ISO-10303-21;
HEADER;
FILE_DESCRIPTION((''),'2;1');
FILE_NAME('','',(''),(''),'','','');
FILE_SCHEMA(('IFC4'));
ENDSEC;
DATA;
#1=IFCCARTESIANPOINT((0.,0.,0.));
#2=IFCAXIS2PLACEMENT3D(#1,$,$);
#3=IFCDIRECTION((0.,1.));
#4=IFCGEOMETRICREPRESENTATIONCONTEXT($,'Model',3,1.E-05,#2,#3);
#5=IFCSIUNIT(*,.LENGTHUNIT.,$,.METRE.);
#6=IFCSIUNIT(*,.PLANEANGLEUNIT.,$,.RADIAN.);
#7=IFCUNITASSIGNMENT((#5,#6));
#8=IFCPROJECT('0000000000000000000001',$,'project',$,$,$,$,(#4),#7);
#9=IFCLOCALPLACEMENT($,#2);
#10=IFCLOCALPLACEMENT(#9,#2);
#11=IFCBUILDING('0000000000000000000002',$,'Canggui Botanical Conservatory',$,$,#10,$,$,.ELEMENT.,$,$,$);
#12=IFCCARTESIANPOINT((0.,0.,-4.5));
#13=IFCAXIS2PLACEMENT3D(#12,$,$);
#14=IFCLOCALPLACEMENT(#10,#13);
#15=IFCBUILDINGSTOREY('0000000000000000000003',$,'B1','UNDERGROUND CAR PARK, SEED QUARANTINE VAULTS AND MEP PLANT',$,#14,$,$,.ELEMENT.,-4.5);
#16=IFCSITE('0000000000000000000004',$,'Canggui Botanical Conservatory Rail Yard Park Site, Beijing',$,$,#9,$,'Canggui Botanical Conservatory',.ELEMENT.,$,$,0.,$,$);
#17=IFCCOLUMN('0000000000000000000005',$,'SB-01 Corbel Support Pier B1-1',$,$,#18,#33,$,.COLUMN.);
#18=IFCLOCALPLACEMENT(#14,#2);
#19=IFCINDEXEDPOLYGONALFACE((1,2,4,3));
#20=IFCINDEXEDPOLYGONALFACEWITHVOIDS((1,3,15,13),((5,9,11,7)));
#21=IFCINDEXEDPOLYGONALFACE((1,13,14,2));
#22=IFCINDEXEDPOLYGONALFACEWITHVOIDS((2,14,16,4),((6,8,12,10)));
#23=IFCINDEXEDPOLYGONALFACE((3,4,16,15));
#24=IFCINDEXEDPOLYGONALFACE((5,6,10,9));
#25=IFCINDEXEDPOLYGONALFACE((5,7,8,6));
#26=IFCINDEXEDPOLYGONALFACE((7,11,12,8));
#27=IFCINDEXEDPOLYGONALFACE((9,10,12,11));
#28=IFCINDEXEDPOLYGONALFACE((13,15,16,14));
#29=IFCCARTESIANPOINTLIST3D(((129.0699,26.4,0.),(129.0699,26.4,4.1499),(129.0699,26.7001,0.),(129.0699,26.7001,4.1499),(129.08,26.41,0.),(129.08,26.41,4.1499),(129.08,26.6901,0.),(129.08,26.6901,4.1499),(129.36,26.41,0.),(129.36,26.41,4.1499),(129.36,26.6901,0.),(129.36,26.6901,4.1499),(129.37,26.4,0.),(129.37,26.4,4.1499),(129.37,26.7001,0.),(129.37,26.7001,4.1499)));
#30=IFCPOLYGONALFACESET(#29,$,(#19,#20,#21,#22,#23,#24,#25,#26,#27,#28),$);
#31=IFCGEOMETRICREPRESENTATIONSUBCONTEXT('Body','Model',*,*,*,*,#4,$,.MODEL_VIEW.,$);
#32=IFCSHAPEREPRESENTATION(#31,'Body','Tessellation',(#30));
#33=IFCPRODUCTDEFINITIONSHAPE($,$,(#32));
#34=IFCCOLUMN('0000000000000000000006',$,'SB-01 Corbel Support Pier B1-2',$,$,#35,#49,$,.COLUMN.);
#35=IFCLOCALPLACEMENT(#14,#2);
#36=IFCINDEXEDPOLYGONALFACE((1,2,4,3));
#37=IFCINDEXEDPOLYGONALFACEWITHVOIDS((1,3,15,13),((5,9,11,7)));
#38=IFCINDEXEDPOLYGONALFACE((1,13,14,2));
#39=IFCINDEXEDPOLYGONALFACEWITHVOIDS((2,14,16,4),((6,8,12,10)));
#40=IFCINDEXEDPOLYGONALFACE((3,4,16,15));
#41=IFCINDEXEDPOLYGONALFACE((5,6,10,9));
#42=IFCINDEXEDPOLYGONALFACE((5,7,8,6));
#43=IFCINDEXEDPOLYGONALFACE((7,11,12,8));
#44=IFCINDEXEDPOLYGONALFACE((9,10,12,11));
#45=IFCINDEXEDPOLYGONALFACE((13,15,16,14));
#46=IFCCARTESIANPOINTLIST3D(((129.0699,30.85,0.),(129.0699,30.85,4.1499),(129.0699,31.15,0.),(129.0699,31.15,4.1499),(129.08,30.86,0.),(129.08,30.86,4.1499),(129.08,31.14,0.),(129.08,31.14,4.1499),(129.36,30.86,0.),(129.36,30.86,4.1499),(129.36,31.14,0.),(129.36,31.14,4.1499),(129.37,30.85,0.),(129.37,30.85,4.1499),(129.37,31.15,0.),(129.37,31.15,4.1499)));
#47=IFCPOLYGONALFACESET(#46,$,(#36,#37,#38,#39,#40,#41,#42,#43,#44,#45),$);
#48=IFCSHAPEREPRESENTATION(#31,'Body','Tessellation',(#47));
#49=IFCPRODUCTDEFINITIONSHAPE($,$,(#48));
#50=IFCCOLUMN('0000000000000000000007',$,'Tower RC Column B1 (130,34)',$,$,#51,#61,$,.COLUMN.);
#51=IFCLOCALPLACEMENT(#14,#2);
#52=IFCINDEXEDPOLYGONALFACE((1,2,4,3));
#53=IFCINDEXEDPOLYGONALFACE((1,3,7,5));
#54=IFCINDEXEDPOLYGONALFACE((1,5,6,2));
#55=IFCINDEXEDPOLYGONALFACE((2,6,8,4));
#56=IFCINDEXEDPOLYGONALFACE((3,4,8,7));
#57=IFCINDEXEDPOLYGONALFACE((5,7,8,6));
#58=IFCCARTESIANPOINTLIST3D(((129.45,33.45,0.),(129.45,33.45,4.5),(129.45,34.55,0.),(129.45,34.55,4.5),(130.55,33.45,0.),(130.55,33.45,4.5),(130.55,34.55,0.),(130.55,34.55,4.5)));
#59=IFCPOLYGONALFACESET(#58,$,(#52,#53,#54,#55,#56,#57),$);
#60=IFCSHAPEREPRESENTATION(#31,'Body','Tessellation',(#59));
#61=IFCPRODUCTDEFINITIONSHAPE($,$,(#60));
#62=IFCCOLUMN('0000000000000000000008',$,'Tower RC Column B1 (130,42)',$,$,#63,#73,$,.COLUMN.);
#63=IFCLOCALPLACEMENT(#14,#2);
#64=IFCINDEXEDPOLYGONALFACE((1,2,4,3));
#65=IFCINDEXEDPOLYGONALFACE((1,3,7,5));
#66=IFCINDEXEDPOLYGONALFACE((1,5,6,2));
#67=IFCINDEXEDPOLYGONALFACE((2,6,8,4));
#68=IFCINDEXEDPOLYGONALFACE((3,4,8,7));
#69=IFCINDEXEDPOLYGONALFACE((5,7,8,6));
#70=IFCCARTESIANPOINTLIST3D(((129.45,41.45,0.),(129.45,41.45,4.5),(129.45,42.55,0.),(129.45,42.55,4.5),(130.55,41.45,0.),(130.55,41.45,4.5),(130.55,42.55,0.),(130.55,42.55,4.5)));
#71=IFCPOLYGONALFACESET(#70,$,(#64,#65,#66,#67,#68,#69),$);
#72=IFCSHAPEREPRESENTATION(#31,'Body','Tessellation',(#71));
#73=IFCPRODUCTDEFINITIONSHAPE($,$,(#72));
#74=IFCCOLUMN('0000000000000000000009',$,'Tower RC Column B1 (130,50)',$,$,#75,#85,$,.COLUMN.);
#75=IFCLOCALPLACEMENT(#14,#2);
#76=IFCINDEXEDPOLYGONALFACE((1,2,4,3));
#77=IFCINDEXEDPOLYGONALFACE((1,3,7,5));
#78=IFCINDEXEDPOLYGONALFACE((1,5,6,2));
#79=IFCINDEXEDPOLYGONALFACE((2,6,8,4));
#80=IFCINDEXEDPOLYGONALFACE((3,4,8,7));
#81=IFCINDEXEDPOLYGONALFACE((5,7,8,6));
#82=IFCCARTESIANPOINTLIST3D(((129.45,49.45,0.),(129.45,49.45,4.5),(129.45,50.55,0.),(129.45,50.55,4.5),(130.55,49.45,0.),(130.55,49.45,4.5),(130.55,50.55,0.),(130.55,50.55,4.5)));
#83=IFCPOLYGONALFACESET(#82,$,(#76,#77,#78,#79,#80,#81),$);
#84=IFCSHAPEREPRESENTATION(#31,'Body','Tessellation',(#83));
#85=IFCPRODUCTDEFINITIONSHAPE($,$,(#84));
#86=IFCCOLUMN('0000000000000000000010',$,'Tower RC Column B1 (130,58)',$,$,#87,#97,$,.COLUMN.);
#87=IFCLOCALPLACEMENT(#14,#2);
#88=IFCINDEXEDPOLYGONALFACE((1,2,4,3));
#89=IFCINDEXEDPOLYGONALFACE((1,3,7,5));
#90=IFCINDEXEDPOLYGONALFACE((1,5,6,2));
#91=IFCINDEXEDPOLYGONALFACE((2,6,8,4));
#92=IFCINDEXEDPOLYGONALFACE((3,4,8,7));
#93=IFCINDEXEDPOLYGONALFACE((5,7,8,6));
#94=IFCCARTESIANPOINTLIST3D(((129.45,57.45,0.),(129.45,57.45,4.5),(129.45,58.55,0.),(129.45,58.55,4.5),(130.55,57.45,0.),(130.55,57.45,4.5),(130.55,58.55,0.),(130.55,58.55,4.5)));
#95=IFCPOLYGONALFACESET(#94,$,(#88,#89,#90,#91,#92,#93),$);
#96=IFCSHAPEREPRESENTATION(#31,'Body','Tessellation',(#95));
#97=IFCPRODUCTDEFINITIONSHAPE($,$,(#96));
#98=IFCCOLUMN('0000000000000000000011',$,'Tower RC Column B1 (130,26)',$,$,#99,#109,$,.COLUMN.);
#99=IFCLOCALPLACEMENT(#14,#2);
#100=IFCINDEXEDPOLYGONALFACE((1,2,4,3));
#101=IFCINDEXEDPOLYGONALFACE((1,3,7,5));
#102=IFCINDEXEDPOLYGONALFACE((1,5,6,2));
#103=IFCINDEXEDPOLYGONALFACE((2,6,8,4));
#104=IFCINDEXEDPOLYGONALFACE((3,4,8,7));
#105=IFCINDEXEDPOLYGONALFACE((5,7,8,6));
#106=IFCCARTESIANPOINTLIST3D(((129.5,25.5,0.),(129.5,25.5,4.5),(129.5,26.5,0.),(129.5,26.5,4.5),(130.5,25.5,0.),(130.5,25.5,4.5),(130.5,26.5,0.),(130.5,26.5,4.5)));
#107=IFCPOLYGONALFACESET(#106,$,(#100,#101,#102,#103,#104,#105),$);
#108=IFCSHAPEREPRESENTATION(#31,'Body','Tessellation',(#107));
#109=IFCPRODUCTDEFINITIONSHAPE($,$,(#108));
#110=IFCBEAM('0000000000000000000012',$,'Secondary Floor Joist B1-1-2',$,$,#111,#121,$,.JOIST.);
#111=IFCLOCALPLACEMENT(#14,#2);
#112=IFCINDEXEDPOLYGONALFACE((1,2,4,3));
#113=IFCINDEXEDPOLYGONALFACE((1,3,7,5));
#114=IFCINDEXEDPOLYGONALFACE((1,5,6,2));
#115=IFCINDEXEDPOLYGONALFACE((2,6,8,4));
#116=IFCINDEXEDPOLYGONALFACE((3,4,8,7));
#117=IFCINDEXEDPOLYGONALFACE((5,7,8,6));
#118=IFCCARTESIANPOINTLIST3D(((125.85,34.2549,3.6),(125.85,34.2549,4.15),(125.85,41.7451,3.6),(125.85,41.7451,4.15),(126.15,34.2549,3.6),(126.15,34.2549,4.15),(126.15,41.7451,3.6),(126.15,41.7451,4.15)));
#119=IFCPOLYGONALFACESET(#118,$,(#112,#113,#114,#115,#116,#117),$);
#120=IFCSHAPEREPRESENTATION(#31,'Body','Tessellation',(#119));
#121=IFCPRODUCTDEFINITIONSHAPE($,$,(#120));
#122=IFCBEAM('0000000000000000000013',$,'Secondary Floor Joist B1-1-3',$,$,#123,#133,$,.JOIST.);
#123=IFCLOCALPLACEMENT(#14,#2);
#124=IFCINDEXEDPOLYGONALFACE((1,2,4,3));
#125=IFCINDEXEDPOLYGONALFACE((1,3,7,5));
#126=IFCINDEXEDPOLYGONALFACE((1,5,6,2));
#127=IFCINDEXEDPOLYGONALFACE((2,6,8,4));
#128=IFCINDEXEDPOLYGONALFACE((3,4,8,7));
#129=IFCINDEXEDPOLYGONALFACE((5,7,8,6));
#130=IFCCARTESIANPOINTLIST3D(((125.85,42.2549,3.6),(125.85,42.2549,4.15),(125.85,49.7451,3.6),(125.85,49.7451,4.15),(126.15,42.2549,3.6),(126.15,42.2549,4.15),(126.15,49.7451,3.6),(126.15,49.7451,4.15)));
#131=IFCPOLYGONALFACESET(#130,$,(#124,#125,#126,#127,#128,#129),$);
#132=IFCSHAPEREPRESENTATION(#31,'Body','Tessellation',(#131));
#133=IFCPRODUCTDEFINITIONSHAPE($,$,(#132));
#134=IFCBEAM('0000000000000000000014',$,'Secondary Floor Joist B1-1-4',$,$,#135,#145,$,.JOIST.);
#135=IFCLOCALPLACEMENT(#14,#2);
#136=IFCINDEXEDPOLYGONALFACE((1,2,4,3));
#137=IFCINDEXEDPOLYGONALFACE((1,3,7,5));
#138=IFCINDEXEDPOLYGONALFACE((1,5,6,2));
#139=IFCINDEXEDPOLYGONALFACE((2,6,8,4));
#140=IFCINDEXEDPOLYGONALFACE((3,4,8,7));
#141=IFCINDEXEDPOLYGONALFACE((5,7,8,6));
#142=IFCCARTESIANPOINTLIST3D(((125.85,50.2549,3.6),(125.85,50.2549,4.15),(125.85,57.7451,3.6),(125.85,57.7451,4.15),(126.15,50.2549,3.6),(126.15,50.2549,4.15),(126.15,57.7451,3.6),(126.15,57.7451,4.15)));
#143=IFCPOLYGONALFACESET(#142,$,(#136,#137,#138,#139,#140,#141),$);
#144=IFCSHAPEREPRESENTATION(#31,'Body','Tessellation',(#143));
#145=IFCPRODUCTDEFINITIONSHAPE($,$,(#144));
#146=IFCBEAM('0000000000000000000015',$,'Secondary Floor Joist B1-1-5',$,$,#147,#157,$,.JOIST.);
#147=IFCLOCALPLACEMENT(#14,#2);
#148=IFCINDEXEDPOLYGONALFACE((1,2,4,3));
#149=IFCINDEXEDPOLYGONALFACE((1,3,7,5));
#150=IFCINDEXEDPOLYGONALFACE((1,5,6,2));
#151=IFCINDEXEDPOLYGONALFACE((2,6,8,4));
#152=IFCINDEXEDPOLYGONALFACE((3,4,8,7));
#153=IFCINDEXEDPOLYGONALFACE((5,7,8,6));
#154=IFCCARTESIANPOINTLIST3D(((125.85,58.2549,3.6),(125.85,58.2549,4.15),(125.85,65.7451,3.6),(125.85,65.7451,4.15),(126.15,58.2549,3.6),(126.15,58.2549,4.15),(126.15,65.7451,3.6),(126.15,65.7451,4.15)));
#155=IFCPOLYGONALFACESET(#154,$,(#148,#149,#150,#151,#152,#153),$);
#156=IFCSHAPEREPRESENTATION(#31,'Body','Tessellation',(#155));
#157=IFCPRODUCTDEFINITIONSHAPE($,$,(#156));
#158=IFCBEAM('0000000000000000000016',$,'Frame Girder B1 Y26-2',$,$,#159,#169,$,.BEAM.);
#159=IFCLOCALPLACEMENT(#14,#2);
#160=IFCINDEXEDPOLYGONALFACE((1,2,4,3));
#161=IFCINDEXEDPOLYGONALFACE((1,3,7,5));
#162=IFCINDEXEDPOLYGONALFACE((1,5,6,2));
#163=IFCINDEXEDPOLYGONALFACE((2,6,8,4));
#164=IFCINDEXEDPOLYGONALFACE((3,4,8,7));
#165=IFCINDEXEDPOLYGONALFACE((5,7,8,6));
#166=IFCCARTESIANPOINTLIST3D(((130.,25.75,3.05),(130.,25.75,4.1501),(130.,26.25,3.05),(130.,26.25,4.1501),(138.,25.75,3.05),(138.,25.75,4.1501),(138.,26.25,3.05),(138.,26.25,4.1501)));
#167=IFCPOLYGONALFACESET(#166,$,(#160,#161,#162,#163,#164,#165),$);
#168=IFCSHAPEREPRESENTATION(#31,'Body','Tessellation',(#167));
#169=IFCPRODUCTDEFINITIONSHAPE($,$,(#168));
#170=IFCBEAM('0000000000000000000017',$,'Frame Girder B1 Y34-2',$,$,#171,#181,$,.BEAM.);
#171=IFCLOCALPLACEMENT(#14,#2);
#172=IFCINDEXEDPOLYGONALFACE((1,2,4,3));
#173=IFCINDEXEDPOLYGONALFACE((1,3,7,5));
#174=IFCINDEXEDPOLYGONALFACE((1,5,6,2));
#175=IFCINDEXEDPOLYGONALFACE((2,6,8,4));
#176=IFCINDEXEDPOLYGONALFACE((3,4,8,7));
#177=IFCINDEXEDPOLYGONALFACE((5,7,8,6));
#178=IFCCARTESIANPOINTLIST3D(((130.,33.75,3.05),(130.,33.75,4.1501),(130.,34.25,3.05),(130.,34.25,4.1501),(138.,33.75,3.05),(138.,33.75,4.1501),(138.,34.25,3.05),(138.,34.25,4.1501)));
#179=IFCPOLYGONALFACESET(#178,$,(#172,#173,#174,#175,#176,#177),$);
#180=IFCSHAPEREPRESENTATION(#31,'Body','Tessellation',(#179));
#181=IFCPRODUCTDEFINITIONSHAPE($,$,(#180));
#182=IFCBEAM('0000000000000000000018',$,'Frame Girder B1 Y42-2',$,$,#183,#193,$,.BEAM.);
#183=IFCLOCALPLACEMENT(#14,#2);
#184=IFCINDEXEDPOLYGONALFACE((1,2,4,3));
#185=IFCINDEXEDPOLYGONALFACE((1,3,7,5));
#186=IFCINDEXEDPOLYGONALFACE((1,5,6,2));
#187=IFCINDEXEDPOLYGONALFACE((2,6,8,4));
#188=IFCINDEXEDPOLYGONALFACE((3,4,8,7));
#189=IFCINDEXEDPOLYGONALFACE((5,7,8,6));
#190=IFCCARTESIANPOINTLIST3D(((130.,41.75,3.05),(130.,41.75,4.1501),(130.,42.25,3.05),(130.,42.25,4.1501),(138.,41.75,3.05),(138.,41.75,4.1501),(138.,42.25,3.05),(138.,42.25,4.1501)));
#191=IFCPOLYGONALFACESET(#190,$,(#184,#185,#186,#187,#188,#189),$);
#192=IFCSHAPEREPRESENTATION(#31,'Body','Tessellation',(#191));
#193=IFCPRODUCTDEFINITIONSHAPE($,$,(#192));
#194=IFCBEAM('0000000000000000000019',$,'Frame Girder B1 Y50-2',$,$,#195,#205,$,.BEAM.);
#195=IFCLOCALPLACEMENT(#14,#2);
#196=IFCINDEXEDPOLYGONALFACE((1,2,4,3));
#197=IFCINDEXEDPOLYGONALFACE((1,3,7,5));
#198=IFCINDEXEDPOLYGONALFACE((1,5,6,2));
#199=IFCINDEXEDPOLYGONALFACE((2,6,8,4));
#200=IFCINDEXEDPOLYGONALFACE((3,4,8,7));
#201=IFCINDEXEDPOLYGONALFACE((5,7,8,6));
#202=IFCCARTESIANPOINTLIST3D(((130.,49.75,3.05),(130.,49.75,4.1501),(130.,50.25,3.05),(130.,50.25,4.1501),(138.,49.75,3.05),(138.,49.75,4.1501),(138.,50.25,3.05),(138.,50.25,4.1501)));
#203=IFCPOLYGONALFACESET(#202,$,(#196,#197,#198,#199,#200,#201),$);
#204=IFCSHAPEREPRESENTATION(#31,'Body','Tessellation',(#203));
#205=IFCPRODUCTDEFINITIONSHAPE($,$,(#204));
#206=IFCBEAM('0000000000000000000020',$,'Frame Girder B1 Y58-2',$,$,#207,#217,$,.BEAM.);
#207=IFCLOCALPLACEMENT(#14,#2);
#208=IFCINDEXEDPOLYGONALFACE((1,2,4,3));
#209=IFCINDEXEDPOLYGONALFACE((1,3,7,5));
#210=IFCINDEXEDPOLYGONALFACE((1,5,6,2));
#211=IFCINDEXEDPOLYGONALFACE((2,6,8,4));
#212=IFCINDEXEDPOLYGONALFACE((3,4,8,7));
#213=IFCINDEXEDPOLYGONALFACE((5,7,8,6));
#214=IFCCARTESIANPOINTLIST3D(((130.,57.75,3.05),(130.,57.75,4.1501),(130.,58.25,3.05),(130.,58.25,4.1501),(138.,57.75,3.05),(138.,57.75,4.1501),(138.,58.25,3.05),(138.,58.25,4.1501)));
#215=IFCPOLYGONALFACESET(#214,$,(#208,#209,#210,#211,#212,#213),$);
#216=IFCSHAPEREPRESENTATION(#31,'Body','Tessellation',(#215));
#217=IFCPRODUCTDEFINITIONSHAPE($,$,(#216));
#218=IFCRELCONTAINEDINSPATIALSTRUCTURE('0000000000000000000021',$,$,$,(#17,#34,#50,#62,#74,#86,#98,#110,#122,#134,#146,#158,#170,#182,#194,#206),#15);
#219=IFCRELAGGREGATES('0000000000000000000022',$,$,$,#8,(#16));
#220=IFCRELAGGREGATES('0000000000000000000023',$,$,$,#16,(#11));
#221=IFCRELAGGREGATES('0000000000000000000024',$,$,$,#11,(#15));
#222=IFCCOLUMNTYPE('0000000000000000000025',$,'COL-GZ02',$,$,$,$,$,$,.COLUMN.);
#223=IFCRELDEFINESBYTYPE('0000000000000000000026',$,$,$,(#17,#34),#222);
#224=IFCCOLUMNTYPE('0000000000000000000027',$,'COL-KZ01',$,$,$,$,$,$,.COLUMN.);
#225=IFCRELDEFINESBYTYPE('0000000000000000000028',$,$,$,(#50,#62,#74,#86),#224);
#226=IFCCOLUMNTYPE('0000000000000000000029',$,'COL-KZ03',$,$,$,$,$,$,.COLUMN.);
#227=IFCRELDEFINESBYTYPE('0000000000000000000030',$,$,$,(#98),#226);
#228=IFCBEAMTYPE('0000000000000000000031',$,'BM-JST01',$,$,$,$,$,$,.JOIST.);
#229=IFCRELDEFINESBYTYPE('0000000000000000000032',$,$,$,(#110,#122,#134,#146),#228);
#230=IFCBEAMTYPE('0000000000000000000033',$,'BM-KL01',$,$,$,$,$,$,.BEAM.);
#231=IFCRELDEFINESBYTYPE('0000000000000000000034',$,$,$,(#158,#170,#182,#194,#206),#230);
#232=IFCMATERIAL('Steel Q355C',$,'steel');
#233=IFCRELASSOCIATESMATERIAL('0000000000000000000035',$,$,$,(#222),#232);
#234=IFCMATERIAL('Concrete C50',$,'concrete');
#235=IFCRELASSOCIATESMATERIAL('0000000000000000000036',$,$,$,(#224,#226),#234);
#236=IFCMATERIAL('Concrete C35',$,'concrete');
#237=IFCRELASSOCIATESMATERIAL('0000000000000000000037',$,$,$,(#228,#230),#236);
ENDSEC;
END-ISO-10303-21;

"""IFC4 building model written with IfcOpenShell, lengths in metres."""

from ifc_helpers import new_model, si_unit, direction, frame, origin, origin_2d, place, context, subcontext, project, spatial, rectangle, hollow_rectangle, extrude, material, material_profile, profile_set, type_object, element, save


model = new_model("IFC4")

# Units and contexts
model_context = context("Model", 3, precision=1e-05, world=origin(), true_north=direction((0.0, 1.0)))
body_context = subcontext(model_context, "Body", "Model", "MODEL_VIEW")
ifc_project = project(units=[si_unit("LENGTHUNIT", "METRE"), si_unit("PLANEANGLEUNIT", "RADIAN")], contexts=[model_context])

# Site, building, storey
site_placement = place(None, origin())
site = spatial("IfcSite", under=ifc_project, at=site_placement, Name="Canggui Botanical Conservatory Rail Yard Park Site, Beijing", LongName="Canggui Botanical Conservatory", CompositionType="ELEMENT", RefElevation=0.0)
building_placement = place(site_placement, origin())
building = spatial("IfcBuilding", under=site, at=building_placement, Name="Canggui Botanical Conservatory", CompositionType="ELEMENT")
storey_placement = place(building_placement, frame((0.0, 0.0, -4.5)))
storey = spatial("IfcBuildingStorey", under=building, at=storey_placement, Name="B1", Description="UNDERGROUND CAR PARK, SEED QUARANTINE VAULTS AND MEP PLANT", CompositionType="ELEMENT", Elevation=-4.5)

# Columns
ifc_material_1 = material(Name="Steel Q355C", Category="steel")
ifc_material_profile_1 = material_profile(ifc_material_1, hollow_rectangle(XDim=0.3, YDim=0.3, WallThickness=0.01, at=origin_2d()), Name="SHS 300x300x10")
ifc_profile_set_1 = profile_set([ifc_material_profile_1], Name="Steel Q355C")
column_type_1 = type_object("IfcColumnType", Name="COL-GZ02", PredefinedType="COLUMN", material=ifc_profile_set_1)
for number, where, z_axis, x_axis, name in (
    (1, (129.22, 26.55, 0.0), (0.0, 0.0, 1.0), (1.0, 0.0, 0.0), "SB-01 Corbel Support Pier B1-1"),
    (2, (129.22, 31.0, 0.0), (0.0, 0.0, 1.0), (1.0, 0.0, 0.0), "SB-01 Corbel Support Pier B1-2"),
):
    element("IfcColumn", number, at=place(storey_placement, frame(where, z_axis=z_axis, x_axis=x_axis)), inside=storey, type_object=column_type_1, Name=name, PredefinedType="COLUMN", context=body_context, shape_type="SweptSolid", body=[
        extrude(hollow_rectangle(XDim=0.3, YDim=0.3, WallThickness=0.01, at=origin_2d()), origin(), (0.0, 0.0, 1.0), 4.1499),
    ])
ifc_material_2 = material(Name="Concrete C50", Category="concrete")
ifc_material_profile_2 = material_profile(ifc_material_2, rectangle(XDim=1.1001, YDim=1.1001, at=origin_2d()), Name="RC 1100x1100")
ifc_profile_set_2 = profile_set([ifc_material_profile_2], Name="Concrete C50")
column_type_2 = type_object("IfcColumnType", Name="COL-KZ01", PredefinedType="COLUMN", material=ifc_profile_set_2)
for number, where, z_axis, x_axis, name in (
    (3, (130.0, 34.0, 0.0), (0.0, 0.0, 1.0), (1.0, 0.0, 0.0), "Tower RC Column B1 (130,34)"),
    (4, (130.0, 42.0, 0.0), (0.0, 0.0, 1.0), (1.0, 0.0, 0.0), "Tower RC Column B1 (130,42)"),
    (5, (130.0, 50.0, 0.0), (0.0, 0.0, 1.0), (1.0, 0.0, 0.0), "Tower RC Column B1 (130,50)"),
    (6, (130.0, 58.0, 0.0), (0.0, 0.0, 1.0), (1.0, 0.0, 0.0), "Tower RC Column B1 (130,58)"),
):
    element("IfcColumn", number, at=place(storey_placement, frame(where, z_axis=z_axis, x_axis=x_axis)), inside=storey, type_object=column_type_2, Name=name, PredefinedType="COLUMN", context=body_context, shape_type="SweptSolid", body=[
        extrude(rectangle(XDim=1.1001, YDim=1.1001, at=origin_2d()), origin(), (0.0, 0.0, 1.0), 4.5),
    ])
ifc_material_profile_3 = material_profile(ifc_material_2, rectangle(XDim=1.0, YDim=1.0, at=origin_2d()), Name="RC 1000x1000")
ifc_profile_set_3 = profile_set([ifc_material_profile_3], Name="Concrete C50")
column_type_3 = type_object("IfcColumnType", Name="COL-KZ03", PredefinedType="COLUMN", material=ifc_profile_set_3)
column_placement = place(storey_placement, frame((130.0, 26.0, 0.0), z_axis=(0.0, 0.0, 1.0), x_axis=(1.0, 0.0, 0.0)))
element("IfcColumn", 7, at=column_placement, inside=storey, type_object=column_type_3, Name="Tower RC Column B1 (130,26)", PredefinedType="COLUMN", context=body_context, shape_type="SweptSolid", body=[
    extrude(rectangle(XDim=1.0, YDim=1.0, at=origin_2d()), origin(), (0.0, 0.0, 1.0), 4.5),
])

# Beams
ifc_material_3 = material(Name="Concrete C35", Category="concrete")
ifc_material_profile_4 = material_profile(ifc_material_3, rectangle(XDim=0.3, YDim=0.55, at=origin_2d()), Name="RB 300x550")
ifc_profile_set_4 = profile_set([ifc_material_profile_4], Name="Concrete C35")
beam_type_1 = type_object("IfcBeamType", Name="BM-JST01", PredefinedType="JOIST", material=ifc_profile_set_4)
for number, where, z_axis, x_axis, name in (
    (8, (126.0, 34.2549, 3.875), (0.0, 1.0, 0.0), (-1.0, 0.0, 0.0), "Secondary Floor Joist B1-1-2"),
    (9, (126.0, 42.2549, 3.875), (0.0, 1.0, 0.0), (-1.0, 0.0, 0.0), "Secondary Floor Joist B1-1-3"),
    (10, (126.0, 50.2549, 3.875), (0.0, 1.0, 0.0), (-1.0, 0.0, 0.0), "Secondary Floor Joist B1-1-4"),
    (11, (126.0, 58.2549, 3.875), (0.0, 1.0, 0.0), (-1.0, 0.0, 0.0), "Secondary Floor Joist B1-1-5"),
):
    element("IfcBeam", number, at=place(storey_placement, frame(where, z_axis=z_axis, x_axis=x_axis)), inside=storey, type_object=beam_type_1, Name=name, PredefinedType="JOIST", context=body_context, shape_type="SweptSolid", body=[
        extrude(rectangle(XDim=0.3, YDim=0.55, at=origin_2d()), origin(), (0.0, 0.0, 1.0), 7.4902),
    ])
ifc_material_profile_5 = material_profile(ifc_material_3, rectangle(XDim=0.5, YDim=1.1001, at=origin_2d()), Name="RB 500x1100")
ifc_profile_set_5 = profile_set([ifc_material_profile_5], Name="Concrete C35")
beam_type_2 = type_object("IfcBeamType", Name="BM-KL01", PredefinedType="BEAM", material=ifc_profile_set_5)
for number, where, z_axis, x_axis, name in (
    (12, (130.0, 26.0, 3.6001), (1.0, 0.0, 0.0), (0.0, 1.0, 0.0), "Frame Girder B1 Y26-2"),
    (13, (130.0, 34.0, 3.6001), (1.0, 0.0, 0.0), (0.0, 1.0, 0.0), "Frame Girder B1 Y34-2"),
    (14, (130.0, 42.0, 3.6001), (1.0, 0.0, 0.0), (0.0, 1.0, 0.0), "Frame Girder B1 Y42-2"),
    (15, (130.0, 50.0, 3.6001), (1.0, 0.0, 0.0), (0.0, 1.0, 0.0), "Frame Girder B1 Y50-2"),
    (16, (130.0, 58.0, 3.6001), (1.0, 0.0, 0.0), (0.0, 1.0, 0.0), "Frame Girder B1 Y58-2"),
):
    element("IfcBeam", number, at=place(storey_placement, frame(where, z_axis=z_axis, x_axis=x_axis)), inside=storey, type_object=beam_type_2, Name=name, PredefinedType="BEAM", context=body_context, shape_type="SweptSolid", body=[
        extrude(rectangle(XDim=0.5, YDim=1.1001, at=origin_2d()), origin(), (0.0, 0.0, 1.0), 8.0),
    ])

save(model, "model.ifc")
